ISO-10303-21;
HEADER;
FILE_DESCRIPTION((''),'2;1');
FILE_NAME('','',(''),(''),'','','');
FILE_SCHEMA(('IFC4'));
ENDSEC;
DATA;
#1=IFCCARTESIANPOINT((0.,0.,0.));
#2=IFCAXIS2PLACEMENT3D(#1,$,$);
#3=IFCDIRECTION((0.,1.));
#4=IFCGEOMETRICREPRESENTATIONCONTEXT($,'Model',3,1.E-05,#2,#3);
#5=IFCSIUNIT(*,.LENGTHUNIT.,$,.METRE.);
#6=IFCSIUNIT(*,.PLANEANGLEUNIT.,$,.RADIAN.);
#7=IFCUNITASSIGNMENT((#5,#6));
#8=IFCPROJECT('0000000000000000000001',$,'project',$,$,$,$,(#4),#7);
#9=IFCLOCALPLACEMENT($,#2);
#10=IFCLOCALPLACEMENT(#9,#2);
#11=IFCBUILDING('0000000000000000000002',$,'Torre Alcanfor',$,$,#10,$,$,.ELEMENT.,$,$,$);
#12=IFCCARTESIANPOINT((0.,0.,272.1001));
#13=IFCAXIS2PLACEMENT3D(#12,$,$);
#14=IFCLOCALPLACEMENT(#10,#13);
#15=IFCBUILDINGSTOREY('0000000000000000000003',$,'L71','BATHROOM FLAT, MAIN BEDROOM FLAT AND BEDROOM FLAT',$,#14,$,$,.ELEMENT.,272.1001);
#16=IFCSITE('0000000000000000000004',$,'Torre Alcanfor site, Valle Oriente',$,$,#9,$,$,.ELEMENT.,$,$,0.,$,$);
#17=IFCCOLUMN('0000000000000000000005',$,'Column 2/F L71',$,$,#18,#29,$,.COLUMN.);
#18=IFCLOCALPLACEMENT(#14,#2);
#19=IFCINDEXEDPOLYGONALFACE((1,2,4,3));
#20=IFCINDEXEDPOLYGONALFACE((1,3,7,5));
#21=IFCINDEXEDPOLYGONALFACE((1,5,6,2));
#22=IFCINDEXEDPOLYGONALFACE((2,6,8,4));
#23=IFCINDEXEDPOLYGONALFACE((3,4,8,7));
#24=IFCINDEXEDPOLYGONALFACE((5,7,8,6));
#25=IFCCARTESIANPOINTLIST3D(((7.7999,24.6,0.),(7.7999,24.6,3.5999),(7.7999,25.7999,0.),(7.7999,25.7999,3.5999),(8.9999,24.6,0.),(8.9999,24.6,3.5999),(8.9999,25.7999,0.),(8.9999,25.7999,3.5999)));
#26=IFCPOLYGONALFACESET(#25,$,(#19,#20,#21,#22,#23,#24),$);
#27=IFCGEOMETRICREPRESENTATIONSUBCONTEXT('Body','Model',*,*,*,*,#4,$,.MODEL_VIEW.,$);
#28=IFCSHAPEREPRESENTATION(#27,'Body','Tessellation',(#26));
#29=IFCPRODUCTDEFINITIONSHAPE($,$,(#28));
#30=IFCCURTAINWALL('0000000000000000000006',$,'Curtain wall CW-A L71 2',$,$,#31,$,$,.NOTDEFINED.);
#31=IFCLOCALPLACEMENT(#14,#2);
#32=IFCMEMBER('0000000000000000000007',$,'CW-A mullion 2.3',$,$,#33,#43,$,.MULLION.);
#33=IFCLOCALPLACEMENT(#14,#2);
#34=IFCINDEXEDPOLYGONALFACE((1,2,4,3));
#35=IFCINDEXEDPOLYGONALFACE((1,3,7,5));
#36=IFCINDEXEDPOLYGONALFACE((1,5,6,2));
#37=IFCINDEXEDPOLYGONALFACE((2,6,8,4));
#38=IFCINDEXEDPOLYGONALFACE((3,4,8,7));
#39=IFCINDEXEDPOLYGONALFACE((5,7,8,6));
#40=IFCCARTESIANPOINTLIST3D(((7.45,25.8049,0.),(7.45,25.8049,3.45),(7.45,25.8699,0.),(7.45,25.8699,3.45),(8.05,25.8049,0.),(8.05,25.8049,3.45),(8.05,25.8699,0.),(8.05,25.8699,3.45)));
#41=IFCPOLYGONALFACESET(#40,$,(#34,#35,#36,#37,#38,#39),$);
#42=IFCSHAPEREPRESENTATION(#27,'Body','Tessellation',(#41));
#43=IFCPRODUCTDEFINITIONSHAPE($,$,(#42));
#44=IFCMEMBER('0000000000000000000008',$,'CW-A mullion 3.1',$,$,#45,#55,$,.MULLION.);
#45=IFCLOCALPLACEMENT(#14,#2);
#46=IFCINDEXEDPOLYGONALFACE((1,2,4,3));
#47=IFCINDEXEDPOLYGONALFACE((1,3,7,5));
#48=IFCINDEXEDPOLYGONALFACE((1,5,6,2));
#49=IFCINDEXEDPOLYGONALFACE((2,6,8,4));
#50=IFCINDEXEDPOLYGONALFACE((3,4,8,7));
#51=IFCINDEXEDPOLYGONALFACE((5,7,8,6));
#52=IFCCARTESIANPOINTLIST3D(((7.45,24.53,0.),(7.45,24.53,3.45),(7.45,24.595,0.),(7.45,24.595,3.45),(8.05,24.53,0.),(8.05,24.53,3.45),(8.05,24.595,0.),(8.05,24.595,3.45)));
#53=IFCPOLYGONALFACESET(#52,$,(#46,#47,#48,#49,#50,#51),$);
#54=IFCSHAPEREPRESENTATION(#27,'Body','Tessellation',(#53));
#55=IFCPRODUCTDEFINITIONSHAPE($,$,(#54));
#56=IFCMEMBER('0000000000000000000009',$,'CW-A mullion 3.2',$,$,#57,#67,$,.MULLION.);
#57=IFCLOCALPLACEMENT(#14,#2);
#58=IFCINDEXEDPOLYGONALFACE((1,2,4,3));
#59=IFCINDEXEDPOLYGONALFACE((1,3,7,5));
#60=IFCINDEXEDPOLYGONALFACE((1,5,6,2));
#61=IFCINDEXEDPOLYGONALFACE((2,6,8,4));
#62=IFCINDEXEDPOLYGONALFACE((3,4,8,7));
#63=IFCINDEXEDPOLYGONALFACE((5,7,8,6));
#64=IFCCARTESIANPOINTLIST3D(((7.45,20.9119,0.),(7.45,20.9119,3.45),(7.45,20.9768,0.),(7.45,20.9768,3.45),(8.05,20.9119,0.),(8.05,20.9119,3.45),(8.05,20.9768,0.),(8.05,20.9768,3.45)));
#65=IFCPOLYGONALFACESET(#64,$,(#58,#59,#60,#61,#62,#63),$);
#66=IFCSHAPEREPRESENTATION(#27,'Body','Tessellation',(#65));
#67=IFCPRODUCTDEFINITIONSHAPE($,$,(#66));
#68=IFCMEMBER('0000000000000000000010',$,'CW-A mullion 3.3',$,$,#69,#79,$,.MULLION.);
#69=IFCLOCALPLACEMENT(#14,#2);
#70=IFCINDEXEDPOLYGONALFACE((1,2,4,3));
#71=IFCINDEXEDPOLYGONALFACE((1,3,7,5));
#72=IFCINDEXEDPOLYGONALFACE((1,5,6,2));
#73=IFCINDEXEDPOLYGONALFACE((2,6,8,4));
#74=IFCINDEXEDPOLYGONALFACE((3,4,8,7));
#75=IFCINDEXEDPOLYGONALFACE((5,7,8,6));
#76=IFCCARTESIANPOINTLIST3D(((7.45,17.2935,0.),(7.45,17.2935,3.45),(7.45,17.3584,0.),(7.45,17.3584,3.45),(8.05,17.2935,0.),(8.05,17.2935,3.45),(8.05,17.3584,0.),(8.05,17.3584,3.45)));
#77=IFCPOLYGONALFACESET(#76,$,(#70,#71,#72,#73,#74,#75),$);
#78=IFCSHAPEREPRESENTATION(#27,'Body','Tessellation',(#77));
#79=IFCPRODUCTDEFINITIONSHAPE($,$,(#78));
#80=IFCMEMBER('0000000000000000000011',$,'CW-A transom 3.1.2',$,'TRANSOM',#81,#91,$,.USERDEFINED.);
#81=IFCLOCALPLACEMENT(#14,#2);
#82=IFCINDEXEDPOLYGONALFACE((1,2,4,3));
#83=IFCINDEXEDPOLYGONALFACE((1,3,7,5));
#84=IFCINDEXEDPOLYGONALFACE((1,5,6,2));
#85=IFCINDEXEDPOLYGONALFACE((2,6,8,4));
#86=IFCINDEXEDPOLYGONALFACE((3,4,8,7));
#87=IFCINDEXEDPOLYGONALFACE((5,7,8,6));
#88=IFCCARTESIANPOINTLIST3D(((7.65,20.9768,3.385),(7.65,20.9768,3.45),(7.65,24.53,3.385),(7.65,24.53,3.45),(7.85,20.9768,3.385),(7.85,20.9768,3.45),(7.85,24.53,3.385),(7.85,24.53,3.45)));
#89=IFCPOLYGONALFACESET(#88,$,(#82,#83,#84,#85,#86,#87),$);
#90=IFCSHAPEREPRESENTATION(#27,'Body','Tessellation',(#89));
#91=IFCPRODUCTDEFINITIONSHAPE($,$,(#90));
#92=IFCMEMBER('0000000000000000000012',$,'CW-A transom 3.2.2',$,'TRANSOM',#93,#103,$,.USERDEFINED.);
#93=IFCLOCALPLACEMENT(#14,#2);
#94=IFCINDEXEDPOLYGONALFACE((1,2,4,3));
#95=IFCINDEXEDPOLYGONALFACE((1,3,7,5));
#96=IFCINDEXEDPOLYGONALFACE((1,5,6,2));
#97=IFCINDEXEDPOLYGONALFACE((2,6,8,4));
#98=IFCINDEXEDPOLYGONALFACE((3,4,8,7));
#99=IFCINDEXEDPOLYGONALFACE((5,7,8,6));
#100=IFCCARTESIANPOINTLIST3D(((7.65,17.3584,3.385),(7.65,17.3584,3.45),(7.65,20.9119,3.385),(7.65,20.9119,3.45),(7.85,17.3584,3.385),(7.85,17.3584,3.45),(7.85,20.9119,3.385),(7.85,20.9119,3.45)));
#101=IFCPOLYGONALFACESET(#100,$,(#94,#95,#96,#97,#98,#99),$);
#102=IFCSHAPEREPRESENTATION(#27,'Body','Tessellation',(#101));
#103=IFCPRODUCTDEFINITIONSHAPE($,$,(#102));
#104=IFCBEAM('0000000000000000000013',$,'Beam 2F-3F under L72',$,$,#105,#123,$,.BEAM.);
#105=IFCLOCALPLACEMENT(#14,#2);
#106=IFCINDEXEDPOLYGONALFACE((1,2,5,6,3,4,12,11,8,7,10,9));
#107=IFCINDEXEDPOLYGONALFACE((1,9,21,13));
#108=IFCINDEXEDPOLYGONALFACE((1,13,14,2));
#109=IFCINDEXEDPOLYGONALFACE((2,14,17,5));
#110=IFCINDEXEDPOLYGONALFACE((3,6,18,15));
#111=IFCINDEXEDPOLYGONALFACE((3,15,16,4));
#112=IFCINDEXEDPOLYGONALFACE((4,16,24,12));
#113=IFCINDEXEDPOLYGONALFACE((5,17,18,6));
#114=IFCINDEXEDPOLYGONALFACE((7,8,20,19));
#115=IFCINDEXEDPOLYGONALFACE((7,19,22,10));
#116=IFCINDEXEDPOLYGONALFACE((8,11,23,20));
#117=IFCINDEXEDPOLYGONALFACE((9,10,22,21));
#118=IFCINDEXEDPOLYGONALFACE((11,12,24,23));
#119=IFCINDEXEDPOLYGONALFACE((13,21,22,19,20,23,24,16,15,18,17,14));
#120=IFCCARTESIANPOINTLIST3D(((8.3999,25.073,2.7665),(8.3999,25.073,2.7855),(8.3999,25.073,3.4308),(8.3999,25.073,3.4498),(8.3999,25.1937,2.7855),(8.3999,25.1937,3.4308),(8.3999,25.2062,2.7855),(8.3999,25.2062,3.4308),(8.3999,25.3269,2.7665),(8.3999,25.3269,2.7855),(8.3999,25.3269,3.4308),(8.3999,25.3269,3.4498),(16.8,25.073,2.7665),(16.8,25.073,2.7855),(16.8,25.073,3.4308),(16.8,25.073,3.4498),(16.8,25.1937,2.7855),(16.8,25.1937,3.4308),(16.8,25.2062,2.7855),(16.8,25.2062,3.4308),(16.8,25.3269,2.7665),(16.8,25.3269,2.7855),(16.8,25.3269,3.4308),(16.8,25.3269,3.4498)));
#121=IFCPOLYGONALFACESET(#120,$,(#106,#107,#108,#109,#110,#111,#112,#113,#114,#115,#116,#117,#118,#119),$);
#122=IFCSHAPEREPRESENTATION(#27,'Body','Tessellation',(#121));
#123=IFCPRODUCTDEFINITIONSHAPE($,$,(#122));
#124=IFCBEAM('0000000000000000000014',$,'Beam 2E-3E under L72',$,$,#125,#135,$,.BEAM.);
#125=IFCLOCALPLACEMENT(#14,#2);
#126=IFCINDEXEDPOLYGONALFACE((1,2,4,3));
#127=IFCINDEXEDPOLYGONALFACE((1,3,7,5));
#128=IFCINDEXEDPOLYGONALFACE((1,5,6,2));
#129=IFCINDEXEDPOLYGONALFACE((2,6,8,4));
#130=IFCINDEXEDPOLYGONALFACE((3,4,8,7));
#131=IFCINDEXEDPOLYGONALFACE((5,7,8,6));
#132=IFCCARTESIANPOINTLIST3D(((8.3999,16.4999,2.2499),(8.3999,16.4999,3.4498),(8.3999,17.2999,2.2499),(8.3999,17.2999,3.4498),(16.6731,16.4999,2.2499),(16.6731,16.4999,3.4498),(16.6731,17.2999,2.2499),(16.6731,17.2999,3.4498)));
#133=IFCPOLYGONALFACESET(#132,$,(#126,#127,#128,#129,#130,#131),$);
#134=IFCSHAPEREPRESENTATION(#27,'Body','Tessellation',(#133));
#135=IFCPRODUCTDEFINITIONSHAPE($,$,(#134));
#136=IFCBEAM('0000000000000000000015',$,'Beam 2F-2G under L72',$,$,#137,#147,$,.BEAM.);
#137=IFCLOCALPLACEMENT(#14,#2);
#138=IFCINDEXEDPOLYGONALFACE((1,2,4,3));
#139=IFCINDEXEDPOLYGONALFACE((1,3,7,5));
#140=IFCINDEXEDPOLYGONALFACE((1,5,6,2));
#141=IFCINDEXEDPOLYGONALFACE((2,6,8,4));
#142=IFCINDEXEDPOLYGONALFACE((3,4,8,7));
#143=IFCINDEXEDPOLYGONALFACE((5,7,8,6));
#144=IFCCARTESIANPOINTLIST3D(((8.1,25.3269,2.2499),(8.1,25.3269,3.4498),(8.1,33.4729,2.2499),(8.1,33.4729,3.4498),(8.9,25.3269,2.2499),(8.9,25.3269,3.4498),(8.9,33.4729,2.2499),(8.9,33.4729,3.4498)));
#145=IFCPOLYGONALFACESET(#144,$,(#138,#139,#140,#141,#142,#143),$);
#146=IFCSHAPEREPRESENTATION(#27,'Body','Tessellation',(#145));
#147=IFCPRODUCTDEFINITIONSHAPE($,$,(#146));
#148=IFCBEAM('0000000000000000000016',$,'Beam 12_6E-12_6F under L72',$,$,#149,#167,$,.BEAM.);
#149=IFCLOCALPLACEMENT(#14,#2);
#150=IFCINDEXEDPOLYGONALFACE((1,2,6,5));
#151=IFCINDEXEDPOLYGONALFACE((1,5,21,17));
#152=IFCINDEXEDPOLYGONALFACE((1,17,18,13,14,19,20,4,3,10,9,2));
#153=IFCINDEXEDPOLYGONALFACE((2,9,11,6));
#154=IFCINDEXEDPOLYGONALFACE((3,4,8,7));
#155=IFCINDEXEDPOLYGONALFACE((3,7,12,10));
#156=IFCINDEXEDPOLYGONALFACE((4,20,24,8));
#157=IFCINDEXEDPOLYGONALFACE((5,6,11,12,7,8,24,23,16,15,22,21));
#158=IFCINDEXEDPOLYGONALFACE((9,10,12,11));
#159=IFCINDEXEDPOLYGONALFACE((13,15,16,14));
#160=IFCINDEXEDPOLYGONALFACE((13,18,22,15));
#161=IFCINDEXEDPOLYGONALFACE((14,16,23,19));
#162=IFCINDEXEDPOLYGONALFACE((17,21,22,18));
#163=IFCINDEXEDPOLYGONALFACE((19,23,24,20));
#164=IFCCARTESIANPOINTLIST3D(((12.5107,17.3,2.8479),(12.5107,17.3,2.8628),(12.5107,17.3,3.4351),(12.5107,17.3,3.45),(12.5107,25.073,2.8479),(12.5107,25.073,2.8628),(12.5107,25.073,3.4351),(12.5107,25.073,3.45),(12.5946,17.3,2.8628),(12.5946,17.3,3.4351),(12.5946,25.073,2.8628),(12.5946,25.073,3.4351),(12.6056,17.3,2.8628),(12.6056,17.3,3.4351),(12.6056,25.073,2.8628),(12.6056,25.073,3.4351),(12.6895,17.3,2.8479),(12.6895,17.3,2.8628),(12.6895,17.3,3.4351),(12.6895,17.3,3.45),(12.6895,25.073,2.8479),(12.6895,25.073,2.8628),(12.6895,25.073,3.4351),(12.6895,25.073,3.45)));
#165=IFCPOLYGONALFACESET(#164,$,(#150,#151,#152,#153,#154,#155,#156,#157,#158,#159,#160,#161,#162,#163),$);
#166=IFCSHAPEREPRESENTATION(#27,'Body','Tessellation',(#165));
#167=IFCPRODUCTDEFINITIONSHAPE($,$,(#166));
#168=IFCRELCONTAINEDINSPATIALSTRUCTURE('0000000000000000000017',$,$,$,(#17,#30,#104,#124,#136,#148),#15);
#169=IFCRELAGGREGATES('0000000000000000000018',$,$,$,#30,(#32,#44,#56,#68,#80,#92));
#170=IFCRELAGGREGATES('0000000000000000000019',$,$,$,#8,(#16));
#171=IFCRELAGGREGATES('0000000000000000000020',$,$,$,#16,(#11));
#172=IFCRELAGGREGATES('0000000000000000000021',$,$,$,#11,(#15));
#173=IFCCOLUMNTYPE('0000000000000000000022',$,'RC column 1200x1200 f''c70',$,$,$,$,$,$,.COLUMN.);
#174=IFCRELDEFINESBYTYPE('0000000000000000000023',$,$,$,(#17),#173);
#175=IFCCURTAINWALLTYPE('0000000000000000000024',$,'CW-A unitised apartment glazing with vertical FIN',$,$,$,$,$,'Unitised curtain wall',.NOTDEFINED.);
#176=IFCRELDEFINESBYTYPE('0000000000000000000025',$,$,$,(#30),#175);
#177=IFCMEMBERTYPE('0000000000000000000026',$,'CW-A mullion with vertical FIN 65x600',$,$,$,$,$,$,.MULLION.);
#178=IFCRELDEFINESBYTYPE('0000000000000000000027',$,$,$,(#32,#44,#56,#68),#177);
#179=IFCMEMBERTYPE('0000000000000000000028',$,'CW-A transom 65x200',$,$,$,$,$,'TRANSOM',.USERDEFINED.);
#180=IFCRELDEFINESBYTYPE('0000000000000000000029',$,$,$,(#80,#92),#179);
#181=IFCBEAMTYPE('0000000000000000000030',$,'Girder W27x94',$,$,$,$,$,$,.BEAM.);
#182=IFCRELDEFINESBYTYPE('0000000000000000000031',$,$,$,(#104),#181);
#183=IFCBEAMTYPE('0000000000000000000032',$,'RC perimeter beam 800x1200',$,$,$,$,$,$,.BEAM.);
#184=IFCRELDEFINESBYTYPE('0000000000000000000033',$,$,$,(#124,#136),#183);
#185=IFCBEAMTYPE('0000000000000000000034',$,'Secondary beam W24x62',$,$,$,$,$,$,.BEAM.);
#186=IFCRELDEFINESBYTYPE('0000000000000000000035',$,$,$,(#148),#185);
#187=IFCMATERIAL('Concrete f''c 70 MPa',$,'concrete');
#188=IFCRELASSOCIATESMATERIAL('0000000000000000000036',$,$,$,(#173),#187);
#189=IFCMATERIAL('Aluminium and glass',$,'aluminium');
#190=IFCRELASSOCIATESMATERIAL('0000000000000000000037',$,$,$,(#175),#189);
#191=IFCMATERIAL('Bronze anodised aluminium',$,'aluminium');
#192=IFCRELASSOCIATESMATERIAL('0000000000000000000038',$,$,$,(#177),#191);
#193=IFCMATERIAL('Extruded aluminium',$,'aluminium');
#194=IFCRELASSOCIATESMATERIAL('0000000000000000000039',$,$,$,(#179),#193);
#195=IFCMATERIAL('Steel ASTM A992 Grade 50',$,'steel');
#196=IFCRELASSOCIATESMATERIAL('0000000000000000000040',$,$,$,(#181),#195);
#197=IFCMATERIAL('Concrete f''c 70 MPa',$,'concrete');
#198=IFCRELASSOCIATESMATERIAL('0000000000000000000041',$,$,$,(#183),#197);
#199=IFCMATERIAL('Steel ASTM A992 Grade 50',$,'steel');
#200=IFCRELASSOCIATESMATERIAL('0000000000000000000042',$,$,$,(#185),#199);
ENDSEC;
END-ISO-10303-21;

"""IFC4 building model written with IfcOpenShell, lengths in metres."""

from ifc_helpers import new_model, si_unit, direction, frame, origin, origin_2d, place, context, subcontext, project, spatial, rectangle, i_section, extrude, material, material_profile, profile_set, type_object, element, aggregate, save


model = new_model("IFC4")

# Units and contexts
model_context = context("Model", 3, precision=1e-05, world=origin(), true_north=direction((0.0, 1.0)))
body_context = subcontext(model_context, "Body", "Model", "MODEL_VIEW")
ifc_project = project(units=[si_unit("LENGTHUNIT", "METRE"), si_unit("PLANEANGLEUNIT", "RADIAN")], contexts=[model_context])

# Site, building, storey
site_placement = place(None, origin())
site = spatial("IfcSite", under=ifc_project, at=site_placement, Name="Torre Alcanfor site, Valle Oriente", CompositionType="ELEMENT", RefElevation=0.0)
building_placement = place(site_placement, origin())
building = spatial("IfcBuilding", under=site, at=building_placement, Name="Torre Alcanfor", CompositionType="ELEMENT")
storey_placement = place(building_placement, frame((0.0, 0.0, 272.1001)))
storey = spatial("IfcBuildingStorey", under=building, at=storey_placement, Name="L71", Description="BATHROOM FLAT, MAIN BEDROOM FLAT AND BEDROOM FLAT", CompositionType="ELEMENT", Elevation=272.1001)

# Column
ifc_material_1 = material(Name="Concrete f'c 70 MPa", Category="concrete")
ifc_material_profile_1 = material_profile(ifc_material_1, rectangle(XDim=1.2, YDim=1.2, at=origin_2d()), Name="1200x1200")
ifc_profile_set_1 = profile_set([ifc_material_profile_1], Name="Concrete f'c 70 MPa")
column_type = type_object("IfcColumnType", Name="RC column 1200x1200 f'c70", PredefinedType="COLUMN", material=ifc_profile_set_1)
column_placement = place(storey_placement, frame((8.3999, 25.2, 0.0), z_axis=(0.0, 0.0, 1.0), x_axis=(1.0, 0.0, 0.0)))
element("IfcColumn", 1, at=column_placement, inside=storey, type_object=column_type, Name="Column 2/F L71", PredefinedType="COLUMN", context=body_context, shape_type="SweptSolid", body=[
    extrude(rectangle(XDim=1.2, YDim=1.2, at=origin_2d()), origin(), (0.0, 0.0, 1.0), 3.5999),
])

# Curtain wall, members
ifc_material_2 = material(Name="Aluminium and glass", Category="aluminium")
curtain_wall_type = type_object("IfcCurtainWallType", Name="CW-A unitised apartment glazing with vertical FIN", ElementType="Unitised curtain wall", PredefinedType="NOTDEFINED", material=ifc_material_2)
curtain_wall_placement = place(storey_placement, origin())
curtain_wall = element("IfcCurtainWall", 2, at=curtain_wall_placement, inside=storey, type_object=curtain_wall_type, Name="Curtain wall CW-A L71 2", PredefinedType="NOTDEFINED")
ifc_material_3 = material(Name="Bronze anodised aluminium", Category="aluminium")
ifc_material_profile_2 = material_profile(ifc_material_3, rectangle(XDim=0.6001, YDim=0.0649, at=origin_2d()), Name="CW-A mullion 65x600")
ifc_profile_set_2 = profile_set([ifc_material_profile_2], Name="Bronze anodised aluminium")
member_type_1 = type_object("IfcMemberType", Name="CW-A mullion with vertical FIN 65x600", PredefinedType="MULLION", material=ifc_profile_set_2)
member_1_placement = place(storey_placement, frame((7.75, 25.8374, 0.0), z_axis=(0.0, 0.0, 1.0), x_axis=(1.0, 0.0, 0.0)))
member_1 = element("IfcMember", 3, at=member_1_placement, type_object=member_type_1, Name="CW-A mullion 2.3", PredefinedType="MULLION", context=body_context, shape_type="SweptSolid", body=[
    extrude(rectangle(XDim=0.6001, YDim=0.0649, at=origin_2d()), origin(), (0.0, 0.0, 1.0), 3.45),
])
member_2_placement = place(storey_placement, frame((7.75, 24.5625, 0.0), z_axis=(0.0, 0.0, 1.0), x_axis=(1.0, 0.0, 0.0)))
member_2 = element("IfcMember", 4, at=member_2_placement, type_object=member_type_1, Name="CW-A mullion 3.1", PredefinedType="MULLION", context=body_context, shape_type="SweptSolid", body=[
    extrude(rectangle(XDim=0.6001, YDim=0.0649, at=origin_2d()), origin(), (0.0, 0.0, 1.0), 3.45),
])
member_3_placement = place(storey_placement, frame((7.75, 20.9443, 0.0), z_axis=(0.0, 0.0, 1.0), x_axis=(1.0, 0.0, 0.0)))
member_3 = element("IfcMember", 5, at=member_3_placement, type_object=member_type_1, Name="CW-A mullion 3.2", PredefinedType="MULLION", context=body_context, shape_type="SweptSolid", body=[
    extrude(rectangle(XDim=0.6001, YDim=0.0649, at=origin_2d()), origin(), (0.0, 0.0, 1.0), 3.45),
])
member_4_placement = place(storey_placement, frame((7.75, 17.3259, 0.0), z_axis=(0.0, 0.0, 1.0), x_axis=(1.0, 0.0, 0.0)))
member_4 = element("IfcMember", 6, at=member_4_placement, type_object=member_type_1, Name="CW-A mullion 3.3", PredefinedType="MULLION", context=body_context, shape_type="SweptSolid", body=[
    extrude(rectangle(XDim=0.6001, YDim=0.0649, at=origin_2d()), origin(), (0.0, 0.0, 1.0), 3.45),
])
ifc_material_4 = material(Name="Extruded aluminium", Category="aluminium")
ifc_material_profile_3 = material_profile(ifc_material_4, rectangle(XDim=0.2, YDim=0.0649, at=origin_2d()), Name="CW-A transom 200x65")
ifc_profile_set_3 = profile_set([ifc_material_profile_3], Name="Extruded aluminium")
member_type_2 = type_object("IfcMemberType", Name="CW-A transom 65x200", ElementType="TRANSOM", PredefinedType="USERDEFINED", material=ifc_profile_set_3)
member_5_placement = place(storey_placement, frame((7.75, 24.53, 3.4175), z_axis=(0.0, -1.0, 0.0), x_axis=(1.0, 0.0, 0.0)))
member_5 = element("IfcMember", 7, at=member_5_placement, type_object=member_type_2, Name="CW-A transom 3.1.2", ObjectType="TRANSOM", PredefinedType="USERDEFINED", context=body_context, shape_type="SweptSolid", body=[
    extrude(rectangle(XDim=0.2, YDim=0.0649, at=origin_2d()), origin(), (0.0, 0.0, 1.0), 3.5532),
])
member_6_placement = place(storey_placement, frame((7.75, 20.9119, 3.4175), z_axis=(0.0, -1.0, 0.0), x_axis=(1.0, 0.0, 0.0)))
member_6 = element("IfcMember", 8, at=member_6_placement, type_object=member_type_2, Name="CW-A transom 3.2.2", ObjectType="TRANSOM", PredefinedType="USERDEFINED", context=body_context, shape_type="SweptSolid", body=[
    extrude(rectangle(XDim=0.2, YDim=0.0649, at=origin_2d()), origin(), (0.0, 0.0, 1.0), 3.5535),
])

# Beams
ifc_material_5 = material(Name="Steel ASTM A992 Grade 50", Category="steel")
ifc_material_profile_4 = material_profile(ifc_material_5, i_section(OverallWidth=0.2539, OverallDepth=0.6833, WebThickness=0.0125, FlangeThickness=0.019, at=origin_2d()), Name="W27x94")
ifc_profile_set_4 = profile_set([ifc_material_profile_4], Name="Steel ASTM A992 Grade 50")
beam_type_1 = type_object("IfcBeamType", Name="Girder W27x94", PredefinedType="BEAM", material=ifc_profile_set_4)
beam_1_placement = place(storey_placement, frame((8.3999, 25.2, 3.1082), z_axis=(1.0, 0.0, 0.0), x_axis=(0.0, 1.0, 0.0)))
element("IfcBeam", 9, at=beam_1_placement, inside=storey, type_object=beam_type_1, Name="Beam 2F-3F under L72", PredefinedType="BEAM", context=body_context, shape_type="SweptSolid", body=[
    extrude(i_section(OverallWidth=0.2539, OverallDepth=0.6833, WebThickness=0.0125, FlangeThickness=0.019, at=origin_2d()), origin(), (0.0, 0.0, 1.0), 8.4001),
])
ifc_material_6 = material(Name="Concrete f'c 70 MPa", Category="concrete")
ifc_material_profile_5 = material_profile(ifc_material_6, rectangle(XDim=0.8, YDim=1.2, at=origin_2d()), Name="800x1200")
ifc_profile_set_5 = profile_set([ifc_material_profile_5], Name="Concrete f'c 70 MPa")
beam_type_2 = type_object("IfcBeamType", Name="RC perimeter beam 800x1200", PredefinedType="BEAM", material=ifc_profile_set_5)
beam_2_placement = place(storey_placement, frame((8.3999, 16.8999, 2.8499), z_axis=(1.0, 0.0, 0.0), x_axis=(0.0, 1.0, 0.0)))
element("IfcBeam", 10, at=beam_2_placement, inside=storey, type_object=beam_type_2, Name="Beam 2E-3E under L72", PredefinedType="BEAM", context=body_context, shape_type="SweptSolid", body=[
    extrude(rectangle(XDim=0.8, YDim=1.2, at=origin_2d()), origin(), (0.0, 0.0, 1.0), 8.2732),
])
beam_3_placement = place(storey_placement, frame((8.5, 25.3269, 2.8499), z_axis=(0.0, 1.0, 0.0), x_axis=(-1.0, 0.0, 0.0)))
element("IfcBeam", 11, at=beam_3_placement, inside=storey, type_object=beam_type_2, Name="Beam 2F-2G under L72", PredefinedType="BEAM", context=body_context, shape_type="SweptSolid", body=[
    extrude(rectangle(XDim=0.8, YDim=1.2, at=origin_2d()), origin(), (0.0, 0.0, 1.0), 8.146),
])
ifc_material_7 = material(Name="Steel ASTM A992 Grade 50", Category="steel")
ifc_material_profile_6 = material_profile(ifc_material_7, i_section(OverallWidth=0.1787, OverallDepth=0.6021, WebThickness=0.011, FlangeThickness=0.0149, at=origin_2d()), Name="W24x62")
ifc_profile_set_6 = profile_set([ifc_material_profile_6], Name="Steel ASTM A992 Grade 50")
beam_type_3 = type_object("IfcBeamType", Name="Secondary beam W24x62", PredefinedType="BEAM", material=ifc_profile_set_6)
beam_4_placement = place(storey_placement, frame((12.6001, 17.3, 3.1489), z_axis=(0.0, 1.0, 0.0), x_axis=(-1.0, 0.0, 0.0)))
element("IfcBeam", 12, at=beam_4_placement, inside=storey, type_object=beam_type_3, Name="Beam 12_6E-12_6F under L72", PredefinedType="BEAM", context=body_context, shape_type="SweptSolid", body=[
    extrude(i_section(OverallWidth=0.1787, OverallDepth=0.6021, WebThickness=0.011, FlangeThickness=0.0149, at=origin_2d()), origin(), (0.0, 0.0, 1.0), 7.7729),
])

aggregate(curtain_wall, [member_1, member_2, member_3, member_4, member_5, member_6])

save(model, "model.ifc")
